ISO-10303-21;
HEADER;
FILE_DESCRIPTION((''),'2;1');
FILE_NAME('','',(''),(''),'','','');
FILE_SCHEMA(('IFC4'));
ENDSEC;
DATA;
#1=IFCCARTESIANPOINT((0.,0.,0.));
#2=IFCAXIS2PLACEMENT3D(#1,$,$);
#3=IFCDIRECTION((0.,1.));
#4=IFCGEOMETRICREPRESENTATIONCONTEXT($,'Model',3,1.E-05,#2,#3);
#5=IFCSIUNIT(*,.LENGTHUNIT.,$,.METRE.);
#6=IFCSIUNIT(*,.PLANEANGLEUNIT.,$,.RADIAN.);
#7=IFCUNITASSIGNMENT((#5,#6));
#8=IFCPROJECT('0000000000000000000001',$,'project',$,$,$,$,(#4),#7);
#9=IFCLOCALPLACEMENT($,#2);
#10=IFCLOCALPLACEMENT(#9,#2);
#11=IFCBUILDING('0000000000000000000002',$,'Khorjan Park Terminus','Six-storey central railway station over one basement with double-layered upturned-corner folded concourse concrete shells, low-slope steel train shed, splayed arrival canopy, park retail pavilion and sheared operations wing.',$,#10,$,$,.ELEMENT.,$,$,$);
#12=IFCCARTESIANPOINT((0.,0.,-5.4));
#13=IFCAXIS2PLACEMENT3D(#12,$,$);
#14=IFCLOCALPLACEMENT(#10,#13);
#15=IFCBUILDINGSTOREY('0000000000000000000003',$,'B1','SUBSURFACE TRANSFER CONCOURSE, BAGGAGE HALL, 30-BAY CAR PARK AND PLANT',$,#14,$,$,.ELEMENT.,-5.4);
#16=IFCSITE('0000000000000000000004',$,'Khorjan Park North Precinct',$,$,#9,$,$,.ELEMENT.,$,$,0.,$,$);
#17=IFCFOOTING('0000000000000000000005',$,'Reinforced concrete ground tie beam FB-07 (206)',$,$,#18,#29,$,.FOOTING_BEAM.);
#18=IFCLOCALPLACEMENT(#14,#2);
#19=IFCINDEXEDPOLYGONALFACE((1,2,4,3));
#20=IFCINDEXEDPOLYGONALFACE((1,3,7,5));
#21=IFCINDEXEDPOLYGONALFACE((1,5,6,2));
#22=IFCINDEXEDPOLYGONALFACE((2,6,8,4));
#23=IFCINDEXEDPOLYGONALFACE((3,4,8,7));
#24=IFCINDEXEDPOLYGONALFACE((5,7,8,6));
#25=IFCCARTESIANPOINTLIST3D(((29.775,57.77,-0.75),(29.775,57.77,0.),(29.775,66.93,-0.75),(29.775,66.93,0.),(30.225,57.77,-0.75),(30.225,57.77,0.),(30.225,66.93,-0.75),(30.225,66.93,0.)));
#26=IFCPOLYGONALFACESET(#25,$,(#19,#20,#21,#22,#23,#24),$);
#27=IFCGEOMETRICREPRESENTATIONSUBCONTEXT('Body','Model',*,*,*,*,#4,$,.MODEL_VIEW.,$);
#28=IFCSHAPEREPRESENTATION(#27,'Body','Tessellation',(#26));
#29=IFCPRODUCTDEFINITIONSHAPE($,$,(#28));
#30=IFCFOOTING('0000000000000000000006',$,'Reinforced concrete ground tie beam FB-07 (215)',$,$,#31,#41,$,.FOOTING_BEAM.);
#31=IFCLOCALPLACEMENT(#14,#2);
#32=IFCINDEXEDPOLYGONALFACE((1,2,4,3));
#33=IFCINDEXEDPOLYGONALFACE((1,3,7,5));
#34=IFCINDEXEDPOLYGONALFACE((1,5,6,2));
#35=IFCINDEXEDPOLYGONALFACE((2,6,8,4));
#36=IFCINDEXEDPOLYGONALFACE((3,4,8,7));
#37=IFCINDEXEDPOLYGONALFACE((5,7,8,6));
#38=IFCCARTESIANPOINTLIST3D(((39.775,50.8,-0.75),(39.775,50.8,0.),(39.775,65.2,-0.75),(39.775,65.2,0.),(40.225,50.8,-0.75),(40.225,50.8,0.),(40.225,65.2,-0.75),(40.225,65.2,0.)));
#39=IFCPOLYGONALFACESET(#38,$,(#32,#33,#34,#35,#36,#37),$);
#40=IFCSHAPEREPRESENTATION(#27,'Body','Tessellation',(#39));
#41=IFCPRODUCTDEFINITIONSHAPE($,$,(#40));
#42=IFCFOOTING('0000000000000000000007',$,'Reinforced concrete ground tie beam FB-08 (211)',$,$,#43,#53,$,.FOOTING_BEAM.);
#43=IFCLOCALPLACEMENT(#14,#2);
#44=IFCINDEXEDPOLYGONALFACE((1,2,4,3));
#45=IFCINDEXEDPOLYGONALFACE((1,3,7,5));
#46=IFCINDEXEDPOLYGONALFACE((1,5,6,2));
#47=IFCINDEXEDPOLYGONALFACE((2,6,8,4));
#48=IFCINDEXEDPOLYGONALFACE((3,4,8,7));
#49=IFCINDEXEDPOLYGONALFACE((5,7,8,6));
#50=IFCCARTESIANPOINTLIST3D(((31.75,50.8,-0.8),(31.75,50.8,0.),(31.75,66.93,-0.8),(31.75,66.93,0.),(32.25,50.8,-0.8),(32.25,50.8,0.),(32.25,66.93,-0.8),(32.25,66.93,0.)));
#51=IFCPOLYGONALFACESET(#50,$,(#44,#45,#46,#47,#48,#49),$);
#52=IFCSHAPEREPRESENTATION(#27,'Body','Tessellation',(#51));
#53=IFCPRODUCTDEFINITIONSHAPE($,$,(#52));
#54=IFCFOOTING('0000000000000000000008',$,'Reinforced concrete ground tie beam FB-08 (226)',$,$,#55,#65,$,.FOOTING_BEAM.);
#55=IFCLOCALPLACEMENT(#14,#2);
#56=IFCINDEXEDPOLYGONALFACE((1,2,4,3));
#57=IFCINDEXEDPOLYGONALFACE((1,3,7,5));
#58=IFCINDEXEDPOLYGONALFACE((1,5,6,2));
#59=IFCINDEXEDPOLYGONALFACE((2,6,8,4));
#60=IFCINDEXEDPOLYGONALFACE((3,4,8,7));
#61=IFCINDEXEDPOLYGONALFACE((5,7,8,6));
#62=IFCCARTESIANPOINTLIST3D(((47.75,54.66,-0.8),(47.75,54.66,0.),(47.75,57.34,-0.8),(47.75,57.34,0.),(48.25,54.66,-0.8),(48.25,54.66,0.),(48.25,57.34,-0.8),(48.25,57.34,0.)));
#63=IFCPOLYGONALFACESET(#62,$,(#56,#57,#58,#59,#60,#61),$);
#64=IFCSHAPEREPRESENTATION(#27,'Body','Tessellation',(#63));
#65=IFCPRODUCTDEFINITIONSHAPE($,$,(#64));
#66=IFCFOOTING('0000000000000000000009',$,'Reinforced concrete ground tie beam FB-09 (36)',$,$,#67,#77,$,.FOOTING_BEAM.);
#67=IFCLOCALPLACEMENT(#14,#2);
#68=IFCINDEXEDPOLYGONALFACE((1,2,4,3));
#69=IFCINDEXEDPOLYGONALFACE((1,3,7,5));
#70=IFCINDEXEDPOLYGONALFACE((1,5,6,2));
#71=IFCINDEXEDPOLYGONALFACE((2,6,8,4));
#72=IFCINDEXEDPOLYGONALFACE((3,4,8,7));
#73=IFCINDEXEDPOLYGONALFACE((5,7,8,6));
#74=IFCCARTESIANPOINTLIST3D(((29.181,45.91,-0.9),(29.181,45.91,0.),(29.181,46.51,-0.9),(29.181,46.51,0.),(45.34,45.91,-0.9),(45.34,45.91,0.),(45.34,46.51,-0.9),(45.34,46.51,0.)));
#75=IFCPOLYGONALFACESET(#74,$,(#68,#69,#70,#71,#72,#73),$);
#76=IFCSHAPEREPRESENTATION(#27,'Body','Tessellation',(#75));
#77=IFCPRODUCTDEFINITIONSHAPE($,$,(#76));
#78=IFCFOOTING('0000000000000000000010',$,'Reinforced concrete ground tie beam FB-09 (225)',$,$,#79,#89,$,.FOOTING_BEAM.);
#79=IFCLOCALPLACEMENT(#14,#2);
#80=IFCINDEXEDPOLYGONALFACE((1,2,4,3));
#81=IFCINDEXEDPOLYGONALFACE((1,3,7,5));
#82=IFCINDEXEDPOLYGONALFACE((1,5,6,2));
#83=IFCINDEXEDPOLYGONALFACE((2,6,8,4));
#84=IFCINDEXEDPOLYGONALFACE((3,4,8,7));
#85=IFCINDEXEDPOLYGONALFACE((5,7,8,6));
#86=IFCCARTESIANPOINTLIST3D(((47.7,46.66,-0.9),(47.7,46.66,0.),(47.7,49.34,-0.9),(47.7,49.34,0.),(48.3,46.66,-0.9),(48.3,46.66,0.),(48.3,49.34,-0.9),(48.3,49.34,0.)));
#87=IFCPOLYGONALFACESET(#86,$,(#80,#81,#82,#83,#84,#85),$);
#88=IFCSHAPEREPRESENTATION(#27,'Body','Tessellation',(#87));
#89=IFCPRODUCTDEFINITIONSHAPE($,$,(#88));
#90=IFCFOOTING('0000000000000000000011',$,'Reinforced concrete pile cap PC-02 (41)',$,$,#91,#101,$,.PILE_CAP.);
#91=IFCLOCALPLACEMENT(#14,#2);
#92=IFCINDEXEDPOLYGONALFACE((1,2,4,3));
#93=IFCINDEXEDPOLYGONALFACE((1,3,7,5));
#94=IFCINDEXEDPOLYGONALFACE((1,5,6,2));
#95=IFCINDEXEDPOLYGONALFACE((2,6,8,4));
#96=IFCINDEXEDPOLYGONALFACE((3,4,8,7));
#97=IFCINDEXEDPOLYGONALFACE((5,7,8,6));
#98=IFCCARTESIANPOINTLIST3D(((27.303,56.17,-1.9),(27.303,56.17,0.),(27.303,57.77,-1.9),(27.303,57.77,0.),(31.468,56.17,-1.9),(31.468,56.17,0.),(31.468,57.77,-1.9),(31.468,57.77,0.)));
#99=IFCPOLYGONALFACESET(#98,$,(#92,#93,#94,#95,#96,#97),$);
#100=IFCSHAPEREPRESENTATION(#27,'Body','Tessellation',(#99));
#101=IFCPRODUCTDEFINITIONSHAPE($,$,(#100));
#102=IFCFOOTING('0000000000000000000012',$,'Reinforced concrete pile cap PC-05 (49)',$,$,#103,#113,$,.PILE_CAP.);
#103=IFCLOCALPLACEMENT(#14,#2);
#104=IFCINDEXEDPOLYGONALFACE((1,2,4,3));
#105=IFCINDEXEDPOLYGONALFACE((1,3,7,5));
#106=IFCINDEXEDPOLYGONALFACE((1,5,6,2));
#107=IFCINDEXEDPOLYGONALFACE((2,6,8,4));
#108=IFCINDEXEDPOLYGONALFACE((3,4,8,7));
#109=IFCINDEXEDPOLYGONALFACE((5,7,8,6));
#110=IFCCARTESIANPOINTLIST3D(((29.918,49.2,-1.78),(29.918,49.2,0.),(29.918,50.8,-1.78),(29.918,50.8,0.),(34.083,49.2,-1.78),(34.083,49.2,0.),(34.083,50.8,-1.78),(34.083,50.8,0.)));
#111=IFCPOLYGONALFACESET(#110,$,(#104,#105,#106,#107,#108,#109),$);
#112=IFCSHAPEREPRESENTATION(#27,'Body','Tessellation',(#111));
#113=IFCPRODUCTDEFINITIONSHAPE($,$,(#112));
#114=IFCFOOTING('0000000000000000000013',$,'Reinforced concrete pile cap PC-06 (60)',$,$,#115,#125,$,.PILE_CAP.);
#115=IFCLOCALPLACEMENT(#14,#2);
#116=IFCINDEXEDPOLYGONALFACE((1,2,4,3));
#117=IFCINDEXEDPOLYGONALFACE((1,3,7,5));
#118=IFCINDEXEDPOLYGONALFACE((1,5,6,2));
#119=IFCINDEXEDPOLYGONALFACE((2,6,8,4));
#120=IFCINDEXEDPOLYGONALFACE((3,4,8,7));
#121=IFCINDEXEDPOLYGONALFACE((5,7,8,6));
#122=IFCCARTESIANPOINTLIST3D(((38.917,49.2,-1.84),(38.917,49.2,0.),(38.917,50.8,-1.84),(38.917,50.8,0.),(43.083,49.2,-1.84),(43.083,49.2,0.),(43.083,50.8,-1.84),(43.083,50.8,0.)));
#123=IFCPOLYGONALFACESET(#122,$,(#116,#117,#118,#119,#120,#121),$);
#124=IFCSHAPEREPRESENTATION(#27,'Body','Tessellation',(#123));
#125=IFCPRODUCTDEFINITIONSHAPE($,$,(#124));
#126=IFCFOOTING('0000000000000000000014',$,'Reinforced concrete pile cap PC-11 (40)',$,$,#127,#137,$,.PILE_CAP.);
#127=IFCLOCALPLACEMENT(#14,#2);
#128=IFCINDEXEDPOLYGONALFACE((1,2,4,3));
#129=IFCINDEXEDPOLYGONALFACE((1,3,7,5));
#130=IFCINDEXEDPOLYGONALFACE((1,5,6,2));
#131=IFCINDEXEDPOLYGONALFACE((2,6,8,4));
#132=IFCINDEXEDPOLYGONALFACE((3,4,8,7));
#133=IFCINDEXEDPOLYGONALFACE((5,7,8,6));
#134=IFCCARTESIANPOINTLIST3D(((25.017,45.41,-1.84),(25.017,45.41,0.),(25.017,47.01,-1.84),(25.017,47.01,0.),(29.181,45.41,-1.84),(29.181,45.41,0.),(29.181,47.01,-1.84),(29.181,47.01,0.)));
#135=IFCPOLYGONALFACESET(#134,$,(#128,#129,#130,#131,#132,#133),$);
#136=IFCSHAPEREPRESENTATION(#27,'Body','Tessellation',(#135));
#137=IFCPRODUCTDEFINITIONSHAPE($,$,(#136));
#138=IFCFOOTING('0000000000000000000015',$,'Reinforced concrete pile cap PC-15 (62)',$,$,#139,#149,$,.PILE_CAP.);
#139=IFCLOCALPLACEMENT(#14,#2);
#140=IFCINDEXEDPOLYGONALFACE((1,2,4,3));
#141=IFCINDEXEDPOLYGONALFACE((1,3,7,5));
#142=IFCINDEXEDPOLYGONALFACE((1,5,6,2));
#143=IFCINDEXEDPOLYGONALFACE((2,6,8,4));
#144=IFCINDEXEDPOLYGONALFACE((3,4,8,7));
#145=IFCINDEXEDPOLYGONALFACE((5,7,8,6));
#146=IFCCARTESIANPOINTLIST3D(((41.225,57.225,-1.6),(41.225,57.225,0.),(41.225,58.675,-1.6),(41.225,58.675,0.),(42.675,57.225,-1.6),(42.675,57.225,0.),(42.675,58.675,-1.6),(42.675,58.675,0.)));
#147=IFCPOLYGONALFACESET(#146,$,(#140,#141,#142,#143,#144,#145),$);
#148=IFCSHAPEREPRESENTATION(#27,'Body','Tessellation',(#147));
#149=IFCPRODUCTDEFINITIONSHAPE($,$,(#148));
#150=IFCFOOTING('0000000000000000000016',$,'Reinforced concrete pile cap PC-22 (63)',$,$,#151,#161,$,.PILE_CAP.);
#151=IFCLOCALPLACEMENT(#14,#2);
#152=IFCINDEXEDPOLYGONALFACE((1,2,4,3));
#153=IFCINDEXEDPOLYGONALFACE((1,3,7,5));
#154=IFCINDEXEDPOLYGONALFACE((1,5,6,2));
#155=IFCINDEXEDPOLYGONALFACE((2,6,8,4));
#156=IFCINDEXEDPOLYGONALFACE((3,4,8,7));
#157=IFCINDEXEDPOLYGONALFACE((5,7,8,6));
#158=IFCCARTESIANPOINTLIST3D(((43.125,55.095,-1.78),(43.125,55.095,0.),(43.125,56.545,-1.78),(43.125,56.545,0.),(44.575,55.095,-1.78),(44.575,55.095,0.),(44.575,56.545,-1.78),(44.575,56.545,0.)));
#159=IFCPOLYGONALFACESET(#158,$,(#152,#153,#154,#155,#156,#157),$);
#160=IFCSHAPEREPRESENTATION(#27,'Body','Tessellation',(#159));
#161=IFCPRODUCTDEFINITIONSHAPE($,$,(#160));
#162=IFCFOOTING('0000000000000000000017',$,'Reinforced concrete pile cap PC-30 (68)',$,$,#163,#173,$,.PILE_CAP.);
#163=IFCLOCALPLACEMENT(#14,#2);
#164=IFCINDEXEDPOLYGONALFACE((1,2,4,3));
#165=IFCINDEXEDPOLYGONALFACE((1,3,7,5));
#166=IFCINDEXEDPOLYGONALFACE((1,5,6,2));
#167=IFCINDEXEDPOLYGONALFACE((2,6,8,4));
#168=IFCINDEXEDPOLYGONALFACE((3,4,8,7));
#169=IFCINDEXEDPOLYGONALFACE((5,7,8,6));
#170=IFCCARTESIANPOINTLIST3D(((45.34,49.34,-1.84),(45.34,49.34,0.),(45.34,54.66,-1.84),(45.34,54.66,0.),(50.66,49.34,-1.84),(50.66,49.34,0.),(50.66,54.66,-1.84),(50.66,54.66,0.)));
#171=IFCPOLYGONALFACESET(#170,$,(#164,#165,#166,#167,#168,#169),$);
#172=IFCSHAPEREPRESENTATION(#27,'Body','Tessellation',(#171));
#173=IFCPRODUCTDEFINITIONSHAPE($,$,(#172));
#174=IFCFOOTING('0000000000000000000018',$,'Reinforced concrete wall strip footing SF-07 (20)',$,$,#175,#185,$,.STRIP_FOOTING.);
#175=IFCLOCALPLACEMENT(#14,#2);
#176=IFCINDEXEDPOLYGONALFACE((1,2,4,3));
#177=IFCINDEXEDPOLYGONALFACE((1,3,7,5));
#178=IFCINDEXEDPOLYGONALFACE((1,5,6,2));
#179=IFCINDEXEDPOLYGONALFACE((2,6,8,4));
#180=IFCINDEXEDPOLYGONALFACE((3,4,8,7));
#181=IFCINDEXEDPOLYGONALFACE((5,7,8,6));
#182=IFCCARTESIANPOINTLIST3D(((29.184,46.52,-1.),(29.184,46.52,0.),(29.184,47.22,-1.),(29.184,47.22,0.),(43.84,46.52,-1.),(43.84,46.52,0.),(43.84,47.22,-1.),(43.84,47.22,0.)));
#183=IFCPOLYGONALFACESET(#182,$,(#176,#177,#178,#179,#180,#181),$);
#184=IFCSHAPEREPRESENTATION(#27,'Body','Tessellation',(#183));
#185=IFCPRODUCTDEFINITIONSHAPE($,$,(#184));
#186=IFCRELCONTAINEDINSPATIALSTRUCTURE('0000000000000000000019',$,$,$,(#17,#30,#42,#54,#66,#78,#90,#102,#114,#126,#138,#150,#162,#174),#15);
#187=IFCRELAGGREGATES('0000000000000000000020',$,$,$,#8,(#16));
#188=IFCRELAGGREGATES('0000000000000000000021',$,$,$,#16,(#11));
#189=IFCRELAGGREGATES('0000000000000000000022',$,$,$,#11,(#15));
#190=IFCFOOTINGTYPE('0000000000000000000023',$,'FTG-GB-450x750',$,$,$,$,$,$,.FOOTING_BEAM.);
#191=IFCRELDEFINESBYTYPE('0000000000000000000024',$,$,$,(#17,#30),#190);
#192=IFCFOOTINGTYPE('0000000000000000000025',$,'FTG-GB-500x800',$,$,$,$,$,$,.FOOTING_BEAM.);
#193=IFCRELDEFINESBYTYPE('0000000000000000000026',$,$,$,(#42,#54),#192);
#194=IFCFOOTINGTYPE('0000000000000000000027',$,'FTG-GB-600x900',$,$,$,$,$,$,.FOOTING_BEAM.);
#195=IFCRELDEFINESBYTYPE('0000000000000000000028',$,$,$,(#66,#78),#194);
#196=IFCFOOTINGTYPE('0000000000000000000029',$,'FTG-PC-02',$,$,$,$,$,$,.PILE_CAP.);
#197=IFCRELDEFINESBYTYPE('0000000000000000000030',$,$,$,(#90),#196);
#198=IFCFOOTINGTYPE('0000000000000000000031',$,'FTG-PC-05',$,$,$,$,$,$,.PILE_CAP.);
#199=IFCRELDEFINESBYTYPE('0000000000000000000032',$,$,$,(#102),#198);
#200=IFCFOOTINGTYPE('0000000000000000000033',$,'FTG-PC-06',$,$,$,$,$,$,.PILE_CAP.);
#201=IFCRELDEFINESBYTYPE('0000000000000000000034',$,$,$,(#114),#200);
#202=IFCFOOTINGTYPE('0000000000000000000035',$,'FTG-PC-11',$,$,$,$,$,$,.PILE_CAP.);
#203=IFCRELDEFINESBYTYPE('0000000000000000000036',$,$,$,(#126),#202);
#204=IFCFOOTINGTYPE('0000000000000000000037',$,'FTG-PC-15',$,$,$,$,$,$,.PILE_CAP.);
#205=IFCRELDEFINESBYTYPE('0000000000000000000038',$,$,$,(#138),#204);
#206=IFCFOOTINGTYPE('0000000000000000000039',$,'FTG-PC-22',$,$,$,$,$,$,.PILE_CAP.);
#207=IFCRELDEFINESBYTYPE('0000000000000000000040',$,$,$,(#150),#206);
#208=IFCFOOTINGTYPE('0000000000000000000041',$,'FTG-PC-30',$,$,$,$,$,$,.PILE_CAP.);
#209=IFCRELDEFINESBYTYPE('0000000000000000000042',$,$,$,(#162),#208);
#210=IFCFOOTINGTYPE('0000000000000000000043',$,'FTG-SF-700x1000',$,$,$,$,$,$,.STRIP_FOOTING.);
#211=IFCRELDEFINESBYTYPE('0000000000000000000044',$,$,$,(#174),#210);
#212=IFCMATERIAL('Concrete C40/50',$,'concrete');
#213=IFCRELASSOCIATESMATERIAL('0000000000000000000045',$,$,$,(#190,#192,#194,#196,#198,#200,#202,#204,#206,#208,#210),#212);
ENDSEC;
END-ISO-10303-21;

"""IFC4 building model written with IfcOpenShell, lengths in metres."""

from ifc_helpers import new_model, si_unit, direction, frame, origin, origin_2d, place, context, subcontext, project, spatial, rectangle, extrude, material, material_profile, profile_set, type_object, element, save


model = new_model("IFC4")

# Units and contexts
model_context = context("Model", 3, precision=1e-05, world=origin(), true_north=direction((0.0, 1.0)))
body_context = subcontext(model_context, "Body", "Model", "MODEL_VIEW")
ifc_project = project(units=[si_unit("LENGTHUNIT", "METRE"), si_unit("PLANEANGLEUNIT", "RADIAN")], contexts=[model_context])

# Site, building, storey
site_placement = place(None, origin())
site = spatial("IfcSite", under=ifc_project, at=site_placement, Name="Khorjan Park North Precinct", CompositionType="ELEMENT", RefElevation=0.0)
building_placement = place(site_placement, origin())
building = spatial("IfcBuilding", under=site, at=building_placement, Name="Khorjan Park Terminus", Description="Six-storey central railway station over one basement with double-layered upturned-corner folded concourse concrete shells, low-slope steel train shed, splayed arrival canopy, park retail pavilion and sheared operations wing.", CompositionType="ELEMENT")
storey_placement = place(building_placement, frame((0.0, 0.0, -5.4)))
storey = spatial("IfcBuildingStorey", under=building, at=storey_placement, Name="B1", Description="SUBSURFACE TRANSFER CONCOURSE, BAGGAGE HALL, 30-BAY CAR PARK AND PLANT", CompositionType="ELEMENT", Elevation=-5.4)

# Footings
ifc_material_1 = material(Name="Concrete C40/50", Category="concrete")
ifc_material_profile_1 = material_profile(ifc_material_1, rectangle(XDim=0.45, YDim=0.75, at=origin_2d()), Name="RC 450x750")
ifc_profile_set_1 = profile_set([ifc_material_profile_1], Name="Concrete C40/50")
footing_type_1 = type_object("IfcFootingType", Name="FTG-GB-450x750", PredefinedType="FOOTING_BEAM", material=ifc_profile_set_1)
footing_1_placement = place(storey_placement, frame((30.0, 57.77, -0.375), z_axis=(0.0, 1.0, 0.0), x_axis=(-1.0, 0.0, 0.0)))
element("IfcFooting", 1, at=footing_1_placement, inside=storey, type_object=footing_type_1, Name="Reinforced concrete ground tie beam FB-07 (206)", PredefinedType="FOOTING_BEAM", context=body_context, shape_type="SweptSolid", body=[
    extrude(rectangle(XDim=0.45, YDim=0.75, at=origin_2d()), origin(), (0.0, 0.0, 1.0), 9.16),
])
footing_2_placement = place(storey_placement, frame((40.0, 50.8, -0.375), z_axis=(0.0, 1.0, 0.0), x_axis=(-1.0, 0.0, 0.0)))
element("IfcFooting", 2, at=footing_2_placement, inside=storey, type_object=footing_type_1, Name="Reinforced concrete ground tie beam FB-07 (215)", PredefinedType="FOOTING_BEAM", context=body_context, shape_type="SweptSolid", body=[
    extrude(rectangle(XDim=0.45, YDim=0.75, at=origin_2d()), origin(), (0.0, 0.0, 1.0), 14.4),
])
ifc_material_profile_2 = material_profile(ifc_material_1, rectangle(XDim=0.5, YDim=0.8, at=origin_2d()), Name="RC 500x800")
ifc_profile_set_2 = profile_set([ifc_material_profile_2], Name="Concrete C40/50")
footing_type_2 = type_object("IfcFootingType", Name="FTG-GB-500x800", PredefinedType="FOOTING_BEAM", material=ifc_profile_set_2)
footing_3_placement = place(storey_placement, frame((32.0, 50.8, -0.4), z_axis=(0.0, 1.0, 0.0), x_axis=(-1.0, 0.0, 0.0)))
element("IfcFooting", 3, at=footing_3_placement, inside=storey, type_object=footing_type_2, Name="Reinforced concrete ground tie beam FB-08 (211)", PredefinedType="FOOTING_BEAM", context=body_context, shape_type="SweptSolid", body=[
    extrude(rectangle(XDim=0.5, YDim=0.8, at=origin_2d()), origin(), (0.0, 0.0, 1.0), 16.13),
])
footing_4_placement = place(storey_placement, frame((48.0, 54.66, -0.4), z_axis=(0.0, 1.0, 0.0), x_axis=(-1.0, 0.0, 0.0)))
element("IfcFooting", 4, at=footing_4_placement, inside=storey, type_object=footing_type_2, Name="Reinforced concrete ground tie beam FB-08 (226)", PredefinedType="FOOTING_BEAM", context=body_context, shape_type="SweptSolid", body=[
    extrude(rectangle(XDim=0.5, YDim=0.8, at=origin_2d()), origin(), (0.0, 0.0, 1.0), 2.68),
])
ifc_material_profile_3 = material_profile(ifc_material_1, rectangle(XDim=0.6, YDim=0.9, at=origin_2d()), Name="RC 600x900")
ifc_profile_set_3 = profile_set([ifc_material_profile_3], Name="Concrete C40/50")
footing_type_3 = type_object("IfcFootingType", Name="FTG-GB-600x900", PredefinedType="FOOTING_BEAM", material=ifc_profile_set_3)
footing_5_placement = place(storey_placement, frame((29.181, 46.21, -0.45), z_axis=(1.0, 0.0, 0.0), x_axis=(0.0, 1.0, 0.0)))
element("IfcFooting", 5, at=footing_5_placement, inside=storey, type_object=footing_type_3, Name="Reinforced concrete ground tie beam FB-09 (36)", PredefinedType="FOOTING_BEAM", context=body_context, shape_type="SweptSolid", body=[
    extrude(rectangle(XDim=0.6, YDim=0.9, at=origin_2d()), origin(), (0.0, 0.0, 1.0), 16.159),
])
footing_6_placement = place(storey_placement, frame((48.0, 46.66, -0.45), z_axis=(0.0, 1.0, 0.0), x_axis=(-1.0, 0.0, 0.0)))
element("IfcFooting", 6, at=footing_6_placement, inside=storey, type_object=footing_type_3, Name="Reinforced concrete ground tie beam FB-09 (225)", PredefinedType="FOOTING_BEAM", context=body_context, shape_type="SweptSolid", body=[
    extrude(rectangle(XDim=0.6, YDim=0.9, at=origin_2d()), origin(), (0.0, 0.0, 1.0), 2.68),
])
footing_type_4 = type_object("IfcFootingType", Name="FTG-PC-02", PredefinedType="PILE_CAP", material=ifc_material_1)
footing_7_placement = place(storey_placement, frame((29.3855, 56.97, -1.9), z_axis=(0.0, 0.0, 1.0), x_axis=(1.0, 0.0, 0.0)))
element("IfcFooting", 7, at=footing_7_placement, inside=storey, type_object=footing_type_4, Name="Reinforced concrete pile cap PC-02 (41)", PredefinedType="PILE_CAP", context=body_context, shape_type="SweptSolid", body=[
    extrude(rectangle(XDim=4.165, YDim=1.6, at=origin_2d()), origin(), (0.0, 0.0, 1.0), 1.9),
])
footing_type_5 = type_object("IfcFootingType", Name="FTG-PC-05", PredefinedType="PILE_CAP", material=ifc_material_1)
footing_8_placement = place(storey_placement, frame((32.0005, 50.0, -1.78), z_axis=(0.0, 0.0, 1.0), x_axis=(1.0, 0.0, 0.0)))
element("IfcFooting", 8, at=footing_8_placement, inside=storey, type_object=footing_type_5, Name="Reinforced concrete pile cap PC-05 (49)", PredefinedType="PILE_CAP", context=body_context, shape_type="SweptSolid", body=[
    extrude(rectangle(XDim=4.165, YDim=1.6, at=origin_2d()), origin(), (0.0, 0.0, 1.0), 1.78),
])
footing_type_6 = type_object("IfcFootingType", Name="FTG-PC-06", PredefinedType="PILE_CAP", material=ifc_material_1)
footing_9_placement = place(storey_placement, frame((41.0, 50.0, -1.84), z_axis=(0.0, 0.0, 1.0), x_axis=(1.0, 0.0, 0.0)))
element("IfcFooting", 9, at=footing_9_placement, inside=storey, type_object=footing_type_6, Name="Reinforced concrete pile cap PC-06 (60)", PredefinedType="PILE_CAP", context=body_context, shape_type="SweptSolid", body=[
    extrude(rectangle(XDim=4.166, YDim=1.6, at=origin_2d()), origin(), (0.0, 0.0, 1.0), 1.84),
])
footing_type_7 = type_object("IfcFootingType", Name="FTG-PC-11", PredefinedType="PILE_CAP", material=ifc_material_1)
footing_10_placement = place(storey_placement, frame((27.099, 46.21, -1.84), z_axis=(0.0, 0.0, 1.0), x_axis=(1.0, 0.0, 0.0)))
element("IfcFooting", 10, at=footing_10_placement, inside=storey, type_object=footing_type_7, Name="Reinforced concrete pile cap PC-11 (40)", PredefinedType="PILE_CAP", context=body_context, shape_type="SweptSolid", body=[
    extrude(rectangle(XDim=4.164, YDim=1.6, at=origin_2d()), origin(), (0.0, 0.0, 1.0), 1.84),
])
footing_type_8 = type_object("IfcFootingType", Name="FTG-PC-15", PredefinedType="PILE_CAP", material=ifc_material_1)
footing_11_placement = place(storey_placement, frame((41.95, 57.95, -1.6), z_axis=(0.0, 0.0, 1.0), x_axis=(1.0, 0.0, 0.0)))
element("IfcFooting", 11, at=footing_11_placement, inside=storey, type_object=footing_type_8, Name="Reinforced concrete pile cap PC-15 (62)", PredefinedType="PILE_CAP", context=body_context, shape_type="SweptSolid", body=[
    extrude(rectangle(XDim=1.45, YDim=1.45, at=origin_2d()), origin(), (0.0, 0.0, 1.0), 1.6),
])
footing_type_9 = type_object("IfcFootingType", Name="FTG-PC-22", PredefinedType="PILE_CAP", material=ifc_material_1)
footing_12_placement = place(storey_placement, frame((43.85, 55.82, -1.78), z_axis=(0.0, 0.0, 1.0), x_axis=(1.0, 0.0, 0.0)))
element("IfcFooting", 12, at=footing_12_placement, inside=storey, type_object=footing_type_9, Name="Reinforced concrete pile cap PC-22 (63)", PredefinedType="PILE_CAP", context=body_context, shape_type="SweptSolid", body=[
    extrude(rectangle(XDim=1.45, YDim=1.45, at=origin_2d()), origin(), (0.0, 0.0, 1.0), 1.78),
])
footing_type_10 = type_object("IfcFootingType", Name="FTG-PC-30", PredefinedType="PILE_CAP", material=ifc_material_1)
footing_13_placement = place(storey_placement, frame((48.0, 52.0, -1.84), z_axis=(0.0, 0.0, 1.0), x_axis=(1.0, 0.0, 0.0)))
element("IfcFooting", 13, at=footing_13_placement, inside=storey, type_object=footing_type_10, Name="Reinforced concrete pile cap PC-30 (68)", PredefinedType="PILE_CAP", context=body_context, shape_type="SweptSolid", body=[
    extrude(rectangle(XDim=5.32, YDim=5.32, at=origin_2d()), origin(), (0.0, 0.0, 1.0), 1.84),
])
ifc_material_profile_4 = material_profile(ifc_material_1, rectangle(XDim=0.7, YDim=1.0, at=origin_2d()), Name="RC 700x1000")
ifc_profile_set_4 = profile_set([ifc_material_profile_4], Name="Concrete C40/50")
footing_type_11 = type_object("IfcFootingType", Name="FTG-SF-700x1000", PredefinedType="STRIP_FOOTING", material=ifc_profile_set_4)
footing_14_placement = place(storey_placement, frame((43.84, 46.87, -0.5), z_axis=(-1.0, 0.0, 0.0), x_axis=(0.0, -1.0, 0.0)))
element("IfcFooting", 14, at=footing_14_placement, inside=storey, type_object=footing_type_11, Name="Reinforced concrete wall strip footing SF-07 (20)", PredefinedType="STRIP_FOOTING", context=body_context, shape_type="SweptSolid", body=[
    extrude(rectangle(XDim=0.7, YDim=1.0, at=origin_2d()), origin(), (0.0, 0.0, 1.0), 14.656),
])

save(model, "model.ifc")
